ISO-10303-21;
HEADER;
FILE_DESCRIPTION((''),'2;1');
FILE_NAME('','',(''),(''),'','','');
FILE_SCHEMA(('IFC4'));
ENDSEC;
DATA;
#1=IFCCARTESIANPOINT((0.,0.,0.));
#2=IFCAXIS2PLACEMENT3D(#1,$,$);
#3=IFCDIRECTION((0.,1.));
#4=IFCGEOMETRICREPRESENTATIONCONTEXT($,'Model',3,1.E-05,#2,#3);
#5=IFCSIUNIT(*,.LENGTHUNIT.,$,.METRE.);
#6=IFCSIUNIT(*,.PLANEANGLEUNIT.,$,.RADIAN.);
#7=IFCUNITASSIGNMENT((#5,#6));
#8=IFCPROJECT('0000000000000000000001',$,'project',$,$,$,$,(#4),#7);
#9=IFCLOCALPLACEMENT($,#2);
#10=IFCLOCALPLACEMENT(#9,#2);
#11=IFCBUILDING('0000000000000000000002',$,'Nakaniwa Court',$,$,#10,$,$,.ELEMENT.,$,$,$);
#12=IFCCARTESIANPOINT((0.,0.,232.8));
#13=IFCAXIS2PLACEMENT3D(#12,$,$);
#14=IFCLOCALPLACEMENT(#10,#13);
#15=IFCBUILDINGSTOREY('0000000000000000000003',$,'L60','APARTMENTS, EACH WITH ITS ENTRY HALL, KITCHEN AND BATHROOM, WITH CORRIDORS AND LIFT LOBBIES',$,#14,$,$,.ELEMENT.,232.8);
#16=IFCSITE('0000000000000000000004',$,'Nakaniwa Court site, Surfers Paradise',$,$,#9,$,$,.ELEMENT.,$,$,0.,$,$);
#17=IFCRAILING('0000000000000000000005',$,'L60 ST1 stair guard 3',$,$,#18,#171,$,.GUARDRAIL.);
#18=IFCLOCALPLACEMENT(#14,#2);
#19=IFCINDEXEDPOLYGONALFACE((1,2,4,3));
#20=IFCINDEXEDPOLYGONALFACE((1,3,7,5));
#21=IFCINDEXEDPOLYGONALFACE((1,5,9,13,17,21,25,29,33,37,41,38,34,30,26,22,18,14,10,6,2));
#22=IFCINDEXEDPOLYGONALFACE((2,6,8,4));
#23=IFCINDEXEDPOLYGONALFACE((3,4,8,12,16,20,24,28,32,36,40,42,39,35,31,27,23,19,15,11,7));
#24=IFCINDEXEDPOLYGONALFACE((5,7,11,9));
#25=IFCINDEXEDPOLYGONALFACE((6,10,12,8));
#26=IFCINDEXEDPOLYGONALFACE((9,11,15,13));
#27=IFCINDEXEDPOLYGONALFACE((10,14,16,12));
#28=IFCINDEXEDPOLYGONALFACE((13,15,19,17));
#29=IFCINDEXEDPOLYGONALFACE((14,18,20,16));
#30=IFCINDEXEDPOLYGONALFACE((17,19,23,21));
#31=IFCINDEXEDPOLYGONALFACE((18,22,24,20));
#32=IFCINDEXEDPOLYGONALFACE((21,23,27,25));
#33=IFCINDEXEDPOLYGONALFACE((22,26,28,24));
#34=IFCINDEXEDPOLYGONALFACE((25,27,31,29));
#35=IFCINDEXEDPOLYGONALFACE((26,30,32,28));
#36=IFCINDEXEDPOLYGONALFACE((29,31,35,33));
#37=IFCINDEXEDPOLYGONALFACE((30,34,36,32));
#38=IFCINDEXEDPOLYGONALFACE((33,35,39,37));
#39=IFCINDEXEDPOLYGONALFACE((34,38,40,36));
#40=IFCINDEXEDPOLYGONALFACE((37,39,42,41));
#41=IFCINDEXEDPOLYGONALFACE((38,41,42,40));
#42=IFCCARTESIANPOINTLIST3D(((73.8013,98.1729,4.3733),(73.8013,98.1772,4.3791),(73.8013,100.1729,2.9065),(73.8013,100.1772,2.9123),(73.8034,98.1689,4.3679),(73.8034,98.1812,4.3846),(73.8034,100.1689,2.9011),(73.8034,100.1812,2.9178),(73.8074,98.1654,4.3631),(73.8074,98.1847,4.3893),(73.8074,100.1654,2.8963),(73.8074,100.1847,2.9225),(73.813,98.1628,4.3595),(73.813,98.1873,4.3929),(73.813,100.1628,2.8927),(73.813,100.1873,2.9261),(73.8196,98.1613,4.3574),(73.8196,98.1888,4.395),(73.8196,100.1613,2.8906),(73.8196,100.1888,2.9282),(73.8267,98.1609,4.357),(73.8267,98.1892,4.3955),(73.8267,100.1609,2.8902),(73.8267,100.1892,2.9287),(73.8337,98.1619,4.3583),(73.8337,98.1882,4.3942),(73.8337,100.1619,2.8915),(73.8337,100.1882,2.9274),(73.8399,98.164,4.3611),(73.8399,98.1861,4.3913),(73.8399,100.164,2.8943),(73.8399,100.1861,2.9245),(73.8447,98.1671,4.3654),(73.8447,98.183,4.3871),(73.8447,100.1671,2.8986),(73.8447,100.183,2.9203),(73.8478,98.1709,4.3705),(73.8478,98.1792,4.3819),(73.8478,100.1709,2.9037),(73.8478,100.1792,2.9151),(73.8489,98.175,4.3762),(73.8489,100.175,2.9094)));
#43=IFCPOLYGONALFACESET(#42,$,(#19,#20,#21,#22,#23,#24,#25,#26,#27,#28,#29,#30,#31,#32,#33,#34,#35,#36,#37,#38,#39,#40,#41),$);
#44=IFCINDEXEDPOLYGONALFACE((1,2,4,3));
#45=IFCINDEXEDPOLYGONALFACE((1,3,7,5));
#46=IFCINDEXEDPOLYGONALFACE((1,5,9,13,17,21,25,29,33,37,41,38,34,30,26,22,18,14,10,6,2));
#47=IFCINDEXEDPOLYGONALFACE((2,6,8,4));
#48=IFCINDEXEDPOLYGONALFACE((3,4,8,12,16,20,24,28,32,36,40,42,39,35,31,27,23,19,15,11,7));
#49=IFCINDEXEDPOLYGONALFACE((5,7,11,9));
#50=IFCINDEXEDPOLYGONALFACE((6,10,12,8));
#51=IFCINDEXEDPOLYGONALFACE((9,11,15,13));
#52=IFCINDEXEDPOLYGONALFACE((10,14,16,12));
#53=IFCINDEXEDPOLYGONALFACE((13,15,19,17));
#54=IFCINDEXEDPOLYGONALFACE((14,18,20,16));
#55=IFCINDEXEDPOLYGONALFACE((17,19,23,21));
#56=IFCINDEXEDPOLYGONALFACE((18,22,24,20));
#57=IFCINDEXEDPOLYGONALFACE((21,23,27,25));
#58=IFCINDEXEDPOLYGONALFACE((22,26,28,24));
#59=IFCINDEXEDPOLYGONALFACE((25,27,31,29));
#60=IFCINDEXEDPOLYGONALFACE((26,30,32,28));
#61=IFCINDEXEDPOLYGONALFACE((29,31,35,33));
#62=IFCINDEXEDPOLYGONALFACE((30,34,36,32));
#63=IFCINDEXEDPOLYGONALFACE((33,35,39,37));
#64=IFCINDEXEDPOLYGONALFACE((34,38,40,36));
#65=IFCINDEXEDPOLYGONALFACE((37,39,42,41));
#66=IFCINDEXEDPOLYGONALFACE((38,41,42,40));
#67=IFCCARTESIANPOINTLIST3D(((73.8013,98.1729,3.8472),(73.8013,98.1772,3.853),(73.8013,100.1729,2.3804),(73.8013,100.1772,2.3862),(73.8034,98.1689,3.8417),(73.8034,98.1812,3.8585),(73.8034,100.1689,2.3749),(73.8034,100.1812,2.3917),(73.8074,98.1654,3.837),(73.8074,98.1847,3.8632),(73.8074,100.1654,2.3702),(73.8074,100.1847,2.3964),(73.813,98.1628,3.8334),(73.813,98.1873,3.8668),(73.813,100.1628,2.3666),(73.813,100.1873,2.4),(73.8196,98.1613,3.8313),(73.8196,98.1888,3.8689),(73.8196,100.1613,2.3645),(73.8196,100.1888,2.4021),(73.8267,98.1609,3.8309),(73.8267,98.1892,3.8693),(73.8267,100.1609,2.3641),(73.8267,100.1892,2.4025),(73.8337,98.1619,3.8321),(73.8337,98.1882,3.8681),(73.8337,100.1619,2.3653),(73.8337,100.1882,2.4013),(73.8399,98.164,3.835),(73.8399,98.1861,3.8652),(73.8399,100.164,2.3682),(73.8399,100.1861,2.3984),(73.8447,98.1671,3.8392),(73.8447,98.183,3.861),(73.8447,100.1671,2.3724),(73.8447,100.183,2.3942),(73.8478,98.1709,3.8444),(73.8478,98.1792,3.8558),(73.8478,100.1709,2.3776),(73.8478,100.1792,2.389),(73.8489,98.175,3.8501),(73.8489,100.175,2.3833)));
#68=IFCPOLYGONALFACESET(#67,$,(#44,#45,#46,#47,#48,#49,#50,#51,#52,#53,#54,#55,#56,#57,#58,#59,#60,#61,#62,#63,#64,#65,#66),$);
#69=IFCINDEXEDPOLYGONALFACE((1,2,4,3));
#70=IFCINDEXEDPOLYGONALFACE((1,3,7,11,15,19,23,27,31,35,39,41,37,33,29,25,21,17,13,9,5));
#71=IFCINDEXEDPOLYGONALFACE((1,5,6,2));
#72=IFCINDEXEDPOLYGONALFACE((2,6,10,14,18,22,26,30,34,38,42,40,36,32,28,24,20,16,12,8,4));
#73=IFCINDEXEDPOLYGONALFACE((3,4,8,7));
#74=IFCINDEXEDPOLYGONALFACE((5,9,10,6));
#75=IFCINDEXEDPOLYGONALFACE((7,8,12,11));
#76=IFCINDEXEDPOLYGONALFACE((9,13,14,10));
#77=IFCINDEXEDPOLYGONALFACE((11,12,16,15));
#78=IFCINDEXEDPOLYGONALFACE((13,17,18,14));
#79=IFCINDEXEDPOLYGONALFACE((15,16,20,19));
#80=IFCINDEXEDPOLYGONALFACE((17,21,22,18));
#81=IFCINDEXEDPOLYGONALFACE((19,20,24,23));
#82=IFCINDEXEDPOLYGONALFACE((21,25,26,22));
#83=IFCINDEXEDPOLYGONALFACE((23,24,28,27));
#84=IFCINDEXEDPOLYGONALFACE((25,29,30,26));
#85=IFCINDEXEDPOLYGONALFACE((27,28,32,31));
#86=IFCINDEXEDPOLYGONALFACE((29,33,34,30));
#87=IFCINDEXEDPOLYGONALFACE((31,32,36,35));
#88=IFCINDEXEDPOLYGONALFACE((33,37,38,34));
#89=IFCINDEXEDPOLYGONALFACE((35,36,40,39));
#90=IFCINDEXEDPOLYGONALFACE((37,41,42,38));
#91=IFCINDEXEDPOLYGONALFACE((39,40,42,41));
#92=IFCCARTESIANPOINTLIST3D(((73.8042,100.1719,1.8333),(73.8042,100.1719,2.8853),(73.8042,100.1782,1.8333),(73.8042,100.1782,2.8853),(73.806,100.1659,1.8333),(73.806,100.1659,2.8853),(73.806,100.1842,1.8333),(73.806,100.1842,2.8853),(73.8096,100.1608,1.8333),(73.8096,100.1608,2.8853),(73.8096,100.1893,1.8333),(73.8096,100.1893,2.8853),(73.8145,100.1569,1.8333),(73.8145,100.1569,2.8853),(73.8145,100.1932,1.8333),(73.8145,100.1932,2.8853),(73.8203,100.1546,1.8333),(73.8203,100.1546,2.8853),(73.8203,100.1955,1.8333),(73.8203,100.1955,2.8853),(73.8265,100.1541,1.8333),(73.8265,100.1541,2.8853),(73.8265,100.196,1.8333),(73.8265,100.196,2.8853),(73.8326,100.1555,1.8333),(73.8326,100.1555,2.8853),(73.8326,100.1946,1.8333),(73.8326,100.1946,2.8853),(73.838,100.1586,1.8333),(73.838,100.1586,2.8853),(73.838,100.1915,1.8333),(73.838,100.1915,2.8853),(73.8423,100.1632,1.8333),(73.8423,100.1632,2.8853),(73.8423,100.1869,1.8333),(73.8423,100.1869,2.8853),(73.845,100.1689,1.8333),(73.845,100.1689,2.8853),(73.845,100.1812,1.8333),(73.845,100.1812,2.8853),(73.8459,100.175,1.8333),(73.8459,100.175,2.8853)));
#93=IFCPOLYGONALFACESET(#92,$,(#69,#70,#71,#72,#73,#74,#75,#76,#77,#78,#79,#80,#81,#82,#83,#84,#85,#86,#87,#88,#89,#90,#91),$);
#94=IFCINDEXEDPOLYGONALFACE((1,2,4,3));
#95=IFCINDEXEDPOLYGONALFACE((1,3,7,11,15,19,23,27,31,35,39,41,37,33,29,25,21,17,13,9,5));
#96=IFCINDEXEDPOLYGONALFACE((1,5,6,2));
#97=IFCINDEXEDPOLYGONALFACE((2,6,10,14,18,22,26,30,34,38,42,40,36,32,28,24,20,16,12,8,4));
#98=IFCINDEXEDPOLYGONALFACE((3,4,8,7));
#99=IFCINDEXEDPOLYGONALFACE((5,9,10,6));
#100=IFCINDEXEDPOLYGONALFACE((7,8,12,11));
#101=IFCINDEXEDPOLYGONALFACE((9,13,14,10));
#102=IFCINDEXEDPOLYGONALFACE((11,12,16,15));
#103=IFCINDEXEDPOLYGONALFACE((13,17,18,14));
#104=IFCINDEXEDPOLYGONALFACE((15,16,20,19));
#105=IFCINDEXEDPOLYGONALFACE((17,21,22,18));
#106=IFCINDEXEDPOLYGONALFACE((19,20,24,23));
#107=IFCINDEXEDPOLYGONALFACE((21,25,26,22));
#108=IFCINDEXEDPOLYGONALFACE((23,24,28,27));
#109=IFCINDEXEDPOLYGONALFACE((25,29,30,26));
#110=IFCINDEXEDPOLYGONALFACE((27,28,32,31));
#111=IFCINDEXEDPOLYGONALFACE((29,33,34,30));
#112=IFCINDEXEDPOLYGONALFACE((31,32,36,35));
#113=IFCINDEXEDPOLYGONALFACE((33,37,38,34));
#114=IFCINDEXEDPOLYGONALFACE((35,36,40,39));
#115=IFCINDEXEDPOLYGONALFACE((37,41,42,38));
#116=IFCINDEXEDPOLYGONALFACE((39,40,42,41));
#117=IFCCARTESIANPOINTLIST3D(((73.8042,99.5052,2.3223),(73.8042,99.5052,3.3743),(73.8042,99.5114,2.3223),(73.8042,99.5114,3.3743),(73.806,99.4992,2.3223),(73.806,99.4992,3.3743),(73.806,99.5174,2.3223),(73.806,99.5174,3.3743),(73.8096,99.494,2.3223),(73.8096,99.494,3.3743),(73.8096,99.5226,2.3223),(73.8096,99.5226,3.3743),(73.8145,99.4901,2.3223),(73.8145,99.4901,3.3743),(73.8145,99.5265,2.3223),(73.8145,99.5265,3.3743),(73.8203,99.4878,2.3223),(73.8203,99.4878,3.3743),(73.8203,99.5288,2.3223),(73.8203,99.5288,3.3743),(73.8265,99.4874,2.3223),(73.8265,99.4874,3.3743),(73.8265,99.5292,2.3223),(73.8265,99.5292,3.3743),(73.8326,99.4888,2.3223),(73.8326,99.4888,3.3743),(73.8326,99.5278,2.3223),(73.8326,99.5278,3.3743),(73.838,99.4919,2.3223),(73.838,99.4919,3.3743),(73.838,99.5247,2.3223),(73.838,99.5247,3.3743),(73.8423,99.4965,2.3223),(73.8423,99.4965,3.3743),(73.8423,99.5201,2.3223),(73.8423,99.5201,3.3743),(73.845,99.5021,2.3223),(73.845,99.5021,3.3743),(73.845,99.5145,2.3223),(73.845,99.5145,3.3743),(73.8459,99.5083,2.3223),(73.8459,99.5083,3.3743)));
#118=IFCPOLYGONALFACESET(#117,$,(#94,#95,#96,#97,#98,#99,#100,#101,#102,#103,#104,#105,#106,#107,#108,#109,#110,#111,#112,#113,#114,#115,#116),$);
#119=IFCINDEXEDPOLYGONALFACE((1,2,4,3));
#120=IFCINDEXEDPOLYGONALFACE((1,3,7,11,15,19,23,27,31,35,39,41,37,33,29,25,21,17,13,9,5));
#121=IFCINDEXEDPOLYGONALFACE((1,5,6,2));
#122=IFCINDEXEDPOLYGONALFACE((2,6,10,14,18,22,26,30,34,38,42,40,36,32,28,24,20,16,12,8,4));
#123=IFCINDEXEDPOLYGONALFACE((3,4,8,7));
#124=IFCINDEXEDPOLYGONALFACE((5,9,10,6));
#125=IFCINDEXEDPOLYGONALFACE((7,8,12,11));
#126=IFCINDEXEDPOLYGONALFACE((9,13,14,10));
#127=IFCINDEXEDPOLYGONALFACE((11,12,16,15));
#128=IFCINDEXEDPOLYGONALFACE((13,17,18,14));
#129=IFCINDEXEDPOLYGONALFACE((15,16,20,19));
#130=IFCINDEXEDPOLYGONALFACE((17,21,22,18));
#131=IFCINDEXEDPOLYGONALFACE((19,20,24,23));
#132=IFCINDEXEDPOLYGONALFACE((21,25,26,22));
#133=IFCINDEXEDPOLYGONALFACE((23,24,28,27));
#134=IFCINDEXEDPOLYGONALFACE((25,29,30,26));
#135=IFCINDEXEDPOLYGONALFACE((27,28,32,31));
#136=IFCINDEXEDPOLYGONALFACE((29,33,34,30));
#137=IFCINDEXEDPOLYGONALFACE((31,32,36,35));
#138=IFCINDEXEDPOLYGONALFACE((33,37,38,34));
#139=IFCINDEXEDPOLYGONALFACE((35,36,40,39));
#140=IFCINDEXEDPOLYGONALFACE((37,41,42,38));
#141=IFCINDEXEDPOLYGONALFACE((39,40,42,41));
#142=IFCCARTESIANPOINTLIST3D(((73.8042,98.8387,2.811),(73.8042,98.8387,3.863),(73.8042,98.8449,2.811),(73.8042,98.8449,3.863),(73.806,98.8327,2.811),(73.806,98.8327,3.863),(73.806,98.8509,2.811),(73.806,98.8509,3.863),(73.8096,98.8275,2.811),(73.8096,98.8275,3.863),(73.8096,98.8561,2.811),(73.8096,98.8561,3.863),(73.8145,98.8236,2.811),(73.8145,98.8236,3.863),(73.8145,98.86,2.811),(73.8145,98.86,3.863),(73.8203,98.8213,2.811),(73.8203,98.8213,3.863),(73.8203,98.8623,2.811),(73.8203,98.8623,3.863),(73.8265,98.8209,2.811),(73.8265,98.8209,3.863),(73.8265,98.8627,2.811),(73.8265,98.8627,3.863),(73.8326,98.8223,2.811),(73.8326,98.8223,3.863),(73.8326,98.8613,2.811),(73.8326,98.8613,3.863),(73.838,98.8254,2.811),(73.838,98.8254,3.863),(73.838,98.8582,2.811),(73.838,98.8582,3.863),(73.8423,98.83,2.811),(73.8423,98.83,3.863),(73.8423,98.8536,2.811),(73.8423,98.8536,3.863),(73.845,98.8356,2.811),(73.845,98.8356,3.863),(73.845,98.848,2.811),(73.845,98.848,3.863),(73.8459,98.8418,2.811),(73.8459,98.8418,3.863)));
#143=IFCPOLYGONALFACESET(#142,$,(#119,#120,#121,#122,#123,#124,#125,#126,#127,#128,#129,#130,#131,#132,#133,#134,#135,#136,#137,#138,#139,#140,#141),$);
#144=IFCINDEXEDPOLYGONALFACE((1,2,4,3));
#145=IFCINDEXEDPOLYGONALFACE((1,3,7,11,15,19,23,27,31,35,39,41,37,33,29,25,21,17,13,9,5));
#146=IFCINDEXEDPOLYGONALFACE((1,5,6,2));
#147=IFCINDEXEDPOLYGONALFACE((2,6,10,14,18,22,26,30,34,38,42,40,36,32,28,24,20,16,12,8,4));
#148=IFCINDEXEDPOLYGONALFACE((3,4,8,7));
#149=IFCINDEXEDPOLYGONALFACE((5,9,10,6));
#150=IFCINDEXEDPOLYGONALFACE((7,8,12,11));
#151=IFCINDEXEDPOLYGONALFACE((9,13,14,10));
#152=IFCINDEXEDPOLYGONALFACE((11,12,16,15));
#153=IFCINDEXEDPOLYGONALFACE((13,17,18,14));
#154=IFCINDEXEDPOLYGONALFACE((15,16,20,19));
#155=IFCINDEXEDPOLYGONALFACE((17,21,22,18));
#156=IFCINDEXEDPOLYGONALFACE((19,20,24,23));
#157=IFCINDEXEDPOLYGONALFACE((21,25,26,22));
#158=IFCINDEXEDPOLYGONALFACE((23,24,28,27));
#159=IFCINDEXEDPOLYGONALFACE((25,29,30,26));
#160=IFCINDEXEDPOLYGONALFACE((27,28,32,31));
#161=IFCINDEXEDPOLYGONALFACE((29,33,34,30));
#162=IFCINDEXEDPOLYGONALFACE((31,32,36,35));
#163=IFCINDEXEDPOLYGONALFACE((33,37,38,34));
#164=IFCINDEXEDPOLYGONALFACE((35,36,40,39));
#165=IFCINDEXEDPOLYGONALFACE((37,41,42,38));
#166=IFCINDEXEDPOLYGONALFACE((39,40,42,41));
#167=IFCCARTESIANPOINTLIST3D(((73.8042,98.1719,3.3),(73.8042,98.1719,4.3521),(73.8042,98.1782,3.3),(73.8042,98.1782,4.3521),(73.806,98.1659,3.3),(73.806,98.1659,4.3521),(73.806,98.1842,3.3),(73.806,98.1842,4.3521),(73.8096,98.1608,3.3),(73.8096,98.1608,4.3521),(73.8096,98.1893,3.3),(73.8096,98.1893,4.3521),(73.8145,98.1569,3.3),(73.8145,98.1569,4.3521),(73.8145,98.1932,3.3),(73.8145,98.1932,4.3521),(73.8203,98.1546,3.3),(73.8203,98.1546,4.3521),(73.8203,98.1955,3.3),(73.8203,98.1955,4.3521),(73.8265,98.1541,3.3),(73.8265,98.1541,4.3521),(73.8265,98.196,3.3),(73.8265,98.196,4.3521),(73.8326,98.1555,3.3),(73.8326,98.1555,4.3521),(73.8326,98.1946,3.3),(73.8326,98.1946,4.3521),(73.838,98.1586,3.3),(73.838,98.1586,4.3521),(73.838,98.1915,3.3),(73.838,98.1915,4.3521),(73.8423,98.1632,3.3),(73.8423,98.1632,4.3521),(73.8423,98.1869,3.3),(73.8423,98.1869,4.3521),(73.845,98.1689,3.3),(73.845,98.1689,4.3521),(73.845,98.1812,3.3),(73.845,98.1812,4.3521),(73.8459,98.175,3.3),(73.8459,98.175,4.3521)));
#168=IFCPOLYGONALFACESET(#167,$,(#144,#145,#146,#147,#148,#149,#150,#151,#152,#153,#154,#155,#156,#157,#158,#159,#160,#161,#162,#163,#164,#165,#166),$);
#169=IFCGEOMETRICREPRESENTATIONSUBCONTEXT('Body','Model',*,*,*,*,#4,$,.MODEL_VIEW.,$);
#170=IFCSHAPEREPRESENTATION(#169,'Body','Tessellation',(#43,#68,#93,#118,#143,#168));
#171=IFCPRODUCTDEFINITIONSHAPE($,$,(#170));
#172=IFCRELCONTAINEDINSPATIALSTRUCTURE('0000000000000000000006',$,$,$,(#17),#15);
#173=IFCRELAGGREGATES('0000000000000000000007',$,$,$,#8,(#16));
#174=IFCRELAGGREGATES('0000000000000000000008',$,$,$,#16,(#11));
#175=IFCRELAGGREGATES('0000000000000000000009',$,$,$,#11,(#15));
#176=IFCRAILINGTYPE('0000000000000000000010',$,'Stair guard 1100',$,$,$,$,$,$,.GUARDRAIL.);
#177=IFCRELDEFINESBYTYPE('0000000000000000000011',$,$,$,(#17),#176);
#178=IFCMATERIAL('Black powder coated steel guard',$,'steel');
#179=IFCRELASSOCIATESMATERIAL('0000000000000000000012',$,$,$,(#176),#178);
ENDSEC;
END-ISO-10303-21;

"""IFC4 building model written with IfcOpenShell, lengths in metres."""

from ifc_helpers import new_model, si_unit, direction, frame, origin, origin_2d, place, context, subcontext, project, spatial, circle, extrude, material, type_object, element, save


model = new_model("IFC4")

# Units and contexts
model_context = context("Model", 3, precision=1e-05, world=origin(), true_north=direction((0.0, 1.0)))
body_context = subcontext(model_context, "Body", "Model", "MODEL_VIEW")
ifc_project = project(units=[si_unit("LENGTHUNIT", "METRE"), si_unit("PLANEANGLEUNIT", "RADIAN")], contexts=[model_context])

# Site, building, storey
site_placement = place(None, origin())
site = spatial("IfcSite", under=ifc_project, at=site_placement, Name="Nakaniwa Court site, Surfers Paradise", CompositionType="ELEMENT", RefElevation=0.0)
building_placement = place(site_placement, origin())
building = spatial("IfcBuilding", under=site, at=building_placement, Name="Nakaniwa Court", CompositionType="ELEMENT")
storey_placement = place(building_placement, frame((0.0, 0.0, 232.8)))
storey = spatial("IfcBuildingStorey", under=building, at=storey_placement, Name="L60", Description="APARTMENTS, EACH WITH ITS ENTRY HALL, KITCHEN AND BATHROOM, WITH CORRIDORS AND LIFT LOBBIES", CompositionType="ELEMENT", Elevation=232.8)

# Railing
ifc_material_1 = material(Name="Black powder coated steel guard", Category="steel")
railing_type_1 = type_object("IfcRailingType", Name="Stair guard 1100", PredefinedType="GUARDRAIL", material=ifc_material_1)
railing_1_placement = place(storey_placement, frame((73.825, 100.175, 1.8333)))
element("IfcRailing", 1, at=railing_1_placement, inside=storey, type_object=railing_type_1, Name="L60 ST1 stair guard 3", PredefinedType="GUARDRAIL", context=body_context, shape_type="SweptSolid", body=[
    extrude(circle(Radius=0.0239, at=origin_2d()), frame((0.0, 0.0, 1.0762), z_axis=(0.0, -0.80638, 0.591398), x_axis=(1.0, 0.0, 0.0)), (0.0, 0.0, 1.0), 2.4802),
    extrude(circle(Radius=0.0239, at=origin_2d()), frame((0.0, 0.0, 0.55), z_axis=(0.0, -0.80638, 0.591398), x_axis=(1.0, 0.0, 0.0)), (0.0, 0.0, 1.0), 2.4802),
    extrude(circle(Radius=0.021, at=origin_2d()), origin(), (0.0, 0.0, 1.0), 1.052),
    extrude(circle(Radius=0.021, at=origin_2d()), frame((0.0, -0.6667, 0.489)), (0.0, 0.0, 1.0), 1.052),
    extrude(circle(Radius=0.021, at=origin_2d()), frame((0.0, -1.3333, 0.9778)), (0.0, 0.0, 1.0), 1.052),
    extrude(circle(Radius=0.021, at=origin_2d()), frame((0.0, -2.0, 1.4668)), (0.0, 0.0, 1.0), 1.052),
])

save(model, "model.ifc")
